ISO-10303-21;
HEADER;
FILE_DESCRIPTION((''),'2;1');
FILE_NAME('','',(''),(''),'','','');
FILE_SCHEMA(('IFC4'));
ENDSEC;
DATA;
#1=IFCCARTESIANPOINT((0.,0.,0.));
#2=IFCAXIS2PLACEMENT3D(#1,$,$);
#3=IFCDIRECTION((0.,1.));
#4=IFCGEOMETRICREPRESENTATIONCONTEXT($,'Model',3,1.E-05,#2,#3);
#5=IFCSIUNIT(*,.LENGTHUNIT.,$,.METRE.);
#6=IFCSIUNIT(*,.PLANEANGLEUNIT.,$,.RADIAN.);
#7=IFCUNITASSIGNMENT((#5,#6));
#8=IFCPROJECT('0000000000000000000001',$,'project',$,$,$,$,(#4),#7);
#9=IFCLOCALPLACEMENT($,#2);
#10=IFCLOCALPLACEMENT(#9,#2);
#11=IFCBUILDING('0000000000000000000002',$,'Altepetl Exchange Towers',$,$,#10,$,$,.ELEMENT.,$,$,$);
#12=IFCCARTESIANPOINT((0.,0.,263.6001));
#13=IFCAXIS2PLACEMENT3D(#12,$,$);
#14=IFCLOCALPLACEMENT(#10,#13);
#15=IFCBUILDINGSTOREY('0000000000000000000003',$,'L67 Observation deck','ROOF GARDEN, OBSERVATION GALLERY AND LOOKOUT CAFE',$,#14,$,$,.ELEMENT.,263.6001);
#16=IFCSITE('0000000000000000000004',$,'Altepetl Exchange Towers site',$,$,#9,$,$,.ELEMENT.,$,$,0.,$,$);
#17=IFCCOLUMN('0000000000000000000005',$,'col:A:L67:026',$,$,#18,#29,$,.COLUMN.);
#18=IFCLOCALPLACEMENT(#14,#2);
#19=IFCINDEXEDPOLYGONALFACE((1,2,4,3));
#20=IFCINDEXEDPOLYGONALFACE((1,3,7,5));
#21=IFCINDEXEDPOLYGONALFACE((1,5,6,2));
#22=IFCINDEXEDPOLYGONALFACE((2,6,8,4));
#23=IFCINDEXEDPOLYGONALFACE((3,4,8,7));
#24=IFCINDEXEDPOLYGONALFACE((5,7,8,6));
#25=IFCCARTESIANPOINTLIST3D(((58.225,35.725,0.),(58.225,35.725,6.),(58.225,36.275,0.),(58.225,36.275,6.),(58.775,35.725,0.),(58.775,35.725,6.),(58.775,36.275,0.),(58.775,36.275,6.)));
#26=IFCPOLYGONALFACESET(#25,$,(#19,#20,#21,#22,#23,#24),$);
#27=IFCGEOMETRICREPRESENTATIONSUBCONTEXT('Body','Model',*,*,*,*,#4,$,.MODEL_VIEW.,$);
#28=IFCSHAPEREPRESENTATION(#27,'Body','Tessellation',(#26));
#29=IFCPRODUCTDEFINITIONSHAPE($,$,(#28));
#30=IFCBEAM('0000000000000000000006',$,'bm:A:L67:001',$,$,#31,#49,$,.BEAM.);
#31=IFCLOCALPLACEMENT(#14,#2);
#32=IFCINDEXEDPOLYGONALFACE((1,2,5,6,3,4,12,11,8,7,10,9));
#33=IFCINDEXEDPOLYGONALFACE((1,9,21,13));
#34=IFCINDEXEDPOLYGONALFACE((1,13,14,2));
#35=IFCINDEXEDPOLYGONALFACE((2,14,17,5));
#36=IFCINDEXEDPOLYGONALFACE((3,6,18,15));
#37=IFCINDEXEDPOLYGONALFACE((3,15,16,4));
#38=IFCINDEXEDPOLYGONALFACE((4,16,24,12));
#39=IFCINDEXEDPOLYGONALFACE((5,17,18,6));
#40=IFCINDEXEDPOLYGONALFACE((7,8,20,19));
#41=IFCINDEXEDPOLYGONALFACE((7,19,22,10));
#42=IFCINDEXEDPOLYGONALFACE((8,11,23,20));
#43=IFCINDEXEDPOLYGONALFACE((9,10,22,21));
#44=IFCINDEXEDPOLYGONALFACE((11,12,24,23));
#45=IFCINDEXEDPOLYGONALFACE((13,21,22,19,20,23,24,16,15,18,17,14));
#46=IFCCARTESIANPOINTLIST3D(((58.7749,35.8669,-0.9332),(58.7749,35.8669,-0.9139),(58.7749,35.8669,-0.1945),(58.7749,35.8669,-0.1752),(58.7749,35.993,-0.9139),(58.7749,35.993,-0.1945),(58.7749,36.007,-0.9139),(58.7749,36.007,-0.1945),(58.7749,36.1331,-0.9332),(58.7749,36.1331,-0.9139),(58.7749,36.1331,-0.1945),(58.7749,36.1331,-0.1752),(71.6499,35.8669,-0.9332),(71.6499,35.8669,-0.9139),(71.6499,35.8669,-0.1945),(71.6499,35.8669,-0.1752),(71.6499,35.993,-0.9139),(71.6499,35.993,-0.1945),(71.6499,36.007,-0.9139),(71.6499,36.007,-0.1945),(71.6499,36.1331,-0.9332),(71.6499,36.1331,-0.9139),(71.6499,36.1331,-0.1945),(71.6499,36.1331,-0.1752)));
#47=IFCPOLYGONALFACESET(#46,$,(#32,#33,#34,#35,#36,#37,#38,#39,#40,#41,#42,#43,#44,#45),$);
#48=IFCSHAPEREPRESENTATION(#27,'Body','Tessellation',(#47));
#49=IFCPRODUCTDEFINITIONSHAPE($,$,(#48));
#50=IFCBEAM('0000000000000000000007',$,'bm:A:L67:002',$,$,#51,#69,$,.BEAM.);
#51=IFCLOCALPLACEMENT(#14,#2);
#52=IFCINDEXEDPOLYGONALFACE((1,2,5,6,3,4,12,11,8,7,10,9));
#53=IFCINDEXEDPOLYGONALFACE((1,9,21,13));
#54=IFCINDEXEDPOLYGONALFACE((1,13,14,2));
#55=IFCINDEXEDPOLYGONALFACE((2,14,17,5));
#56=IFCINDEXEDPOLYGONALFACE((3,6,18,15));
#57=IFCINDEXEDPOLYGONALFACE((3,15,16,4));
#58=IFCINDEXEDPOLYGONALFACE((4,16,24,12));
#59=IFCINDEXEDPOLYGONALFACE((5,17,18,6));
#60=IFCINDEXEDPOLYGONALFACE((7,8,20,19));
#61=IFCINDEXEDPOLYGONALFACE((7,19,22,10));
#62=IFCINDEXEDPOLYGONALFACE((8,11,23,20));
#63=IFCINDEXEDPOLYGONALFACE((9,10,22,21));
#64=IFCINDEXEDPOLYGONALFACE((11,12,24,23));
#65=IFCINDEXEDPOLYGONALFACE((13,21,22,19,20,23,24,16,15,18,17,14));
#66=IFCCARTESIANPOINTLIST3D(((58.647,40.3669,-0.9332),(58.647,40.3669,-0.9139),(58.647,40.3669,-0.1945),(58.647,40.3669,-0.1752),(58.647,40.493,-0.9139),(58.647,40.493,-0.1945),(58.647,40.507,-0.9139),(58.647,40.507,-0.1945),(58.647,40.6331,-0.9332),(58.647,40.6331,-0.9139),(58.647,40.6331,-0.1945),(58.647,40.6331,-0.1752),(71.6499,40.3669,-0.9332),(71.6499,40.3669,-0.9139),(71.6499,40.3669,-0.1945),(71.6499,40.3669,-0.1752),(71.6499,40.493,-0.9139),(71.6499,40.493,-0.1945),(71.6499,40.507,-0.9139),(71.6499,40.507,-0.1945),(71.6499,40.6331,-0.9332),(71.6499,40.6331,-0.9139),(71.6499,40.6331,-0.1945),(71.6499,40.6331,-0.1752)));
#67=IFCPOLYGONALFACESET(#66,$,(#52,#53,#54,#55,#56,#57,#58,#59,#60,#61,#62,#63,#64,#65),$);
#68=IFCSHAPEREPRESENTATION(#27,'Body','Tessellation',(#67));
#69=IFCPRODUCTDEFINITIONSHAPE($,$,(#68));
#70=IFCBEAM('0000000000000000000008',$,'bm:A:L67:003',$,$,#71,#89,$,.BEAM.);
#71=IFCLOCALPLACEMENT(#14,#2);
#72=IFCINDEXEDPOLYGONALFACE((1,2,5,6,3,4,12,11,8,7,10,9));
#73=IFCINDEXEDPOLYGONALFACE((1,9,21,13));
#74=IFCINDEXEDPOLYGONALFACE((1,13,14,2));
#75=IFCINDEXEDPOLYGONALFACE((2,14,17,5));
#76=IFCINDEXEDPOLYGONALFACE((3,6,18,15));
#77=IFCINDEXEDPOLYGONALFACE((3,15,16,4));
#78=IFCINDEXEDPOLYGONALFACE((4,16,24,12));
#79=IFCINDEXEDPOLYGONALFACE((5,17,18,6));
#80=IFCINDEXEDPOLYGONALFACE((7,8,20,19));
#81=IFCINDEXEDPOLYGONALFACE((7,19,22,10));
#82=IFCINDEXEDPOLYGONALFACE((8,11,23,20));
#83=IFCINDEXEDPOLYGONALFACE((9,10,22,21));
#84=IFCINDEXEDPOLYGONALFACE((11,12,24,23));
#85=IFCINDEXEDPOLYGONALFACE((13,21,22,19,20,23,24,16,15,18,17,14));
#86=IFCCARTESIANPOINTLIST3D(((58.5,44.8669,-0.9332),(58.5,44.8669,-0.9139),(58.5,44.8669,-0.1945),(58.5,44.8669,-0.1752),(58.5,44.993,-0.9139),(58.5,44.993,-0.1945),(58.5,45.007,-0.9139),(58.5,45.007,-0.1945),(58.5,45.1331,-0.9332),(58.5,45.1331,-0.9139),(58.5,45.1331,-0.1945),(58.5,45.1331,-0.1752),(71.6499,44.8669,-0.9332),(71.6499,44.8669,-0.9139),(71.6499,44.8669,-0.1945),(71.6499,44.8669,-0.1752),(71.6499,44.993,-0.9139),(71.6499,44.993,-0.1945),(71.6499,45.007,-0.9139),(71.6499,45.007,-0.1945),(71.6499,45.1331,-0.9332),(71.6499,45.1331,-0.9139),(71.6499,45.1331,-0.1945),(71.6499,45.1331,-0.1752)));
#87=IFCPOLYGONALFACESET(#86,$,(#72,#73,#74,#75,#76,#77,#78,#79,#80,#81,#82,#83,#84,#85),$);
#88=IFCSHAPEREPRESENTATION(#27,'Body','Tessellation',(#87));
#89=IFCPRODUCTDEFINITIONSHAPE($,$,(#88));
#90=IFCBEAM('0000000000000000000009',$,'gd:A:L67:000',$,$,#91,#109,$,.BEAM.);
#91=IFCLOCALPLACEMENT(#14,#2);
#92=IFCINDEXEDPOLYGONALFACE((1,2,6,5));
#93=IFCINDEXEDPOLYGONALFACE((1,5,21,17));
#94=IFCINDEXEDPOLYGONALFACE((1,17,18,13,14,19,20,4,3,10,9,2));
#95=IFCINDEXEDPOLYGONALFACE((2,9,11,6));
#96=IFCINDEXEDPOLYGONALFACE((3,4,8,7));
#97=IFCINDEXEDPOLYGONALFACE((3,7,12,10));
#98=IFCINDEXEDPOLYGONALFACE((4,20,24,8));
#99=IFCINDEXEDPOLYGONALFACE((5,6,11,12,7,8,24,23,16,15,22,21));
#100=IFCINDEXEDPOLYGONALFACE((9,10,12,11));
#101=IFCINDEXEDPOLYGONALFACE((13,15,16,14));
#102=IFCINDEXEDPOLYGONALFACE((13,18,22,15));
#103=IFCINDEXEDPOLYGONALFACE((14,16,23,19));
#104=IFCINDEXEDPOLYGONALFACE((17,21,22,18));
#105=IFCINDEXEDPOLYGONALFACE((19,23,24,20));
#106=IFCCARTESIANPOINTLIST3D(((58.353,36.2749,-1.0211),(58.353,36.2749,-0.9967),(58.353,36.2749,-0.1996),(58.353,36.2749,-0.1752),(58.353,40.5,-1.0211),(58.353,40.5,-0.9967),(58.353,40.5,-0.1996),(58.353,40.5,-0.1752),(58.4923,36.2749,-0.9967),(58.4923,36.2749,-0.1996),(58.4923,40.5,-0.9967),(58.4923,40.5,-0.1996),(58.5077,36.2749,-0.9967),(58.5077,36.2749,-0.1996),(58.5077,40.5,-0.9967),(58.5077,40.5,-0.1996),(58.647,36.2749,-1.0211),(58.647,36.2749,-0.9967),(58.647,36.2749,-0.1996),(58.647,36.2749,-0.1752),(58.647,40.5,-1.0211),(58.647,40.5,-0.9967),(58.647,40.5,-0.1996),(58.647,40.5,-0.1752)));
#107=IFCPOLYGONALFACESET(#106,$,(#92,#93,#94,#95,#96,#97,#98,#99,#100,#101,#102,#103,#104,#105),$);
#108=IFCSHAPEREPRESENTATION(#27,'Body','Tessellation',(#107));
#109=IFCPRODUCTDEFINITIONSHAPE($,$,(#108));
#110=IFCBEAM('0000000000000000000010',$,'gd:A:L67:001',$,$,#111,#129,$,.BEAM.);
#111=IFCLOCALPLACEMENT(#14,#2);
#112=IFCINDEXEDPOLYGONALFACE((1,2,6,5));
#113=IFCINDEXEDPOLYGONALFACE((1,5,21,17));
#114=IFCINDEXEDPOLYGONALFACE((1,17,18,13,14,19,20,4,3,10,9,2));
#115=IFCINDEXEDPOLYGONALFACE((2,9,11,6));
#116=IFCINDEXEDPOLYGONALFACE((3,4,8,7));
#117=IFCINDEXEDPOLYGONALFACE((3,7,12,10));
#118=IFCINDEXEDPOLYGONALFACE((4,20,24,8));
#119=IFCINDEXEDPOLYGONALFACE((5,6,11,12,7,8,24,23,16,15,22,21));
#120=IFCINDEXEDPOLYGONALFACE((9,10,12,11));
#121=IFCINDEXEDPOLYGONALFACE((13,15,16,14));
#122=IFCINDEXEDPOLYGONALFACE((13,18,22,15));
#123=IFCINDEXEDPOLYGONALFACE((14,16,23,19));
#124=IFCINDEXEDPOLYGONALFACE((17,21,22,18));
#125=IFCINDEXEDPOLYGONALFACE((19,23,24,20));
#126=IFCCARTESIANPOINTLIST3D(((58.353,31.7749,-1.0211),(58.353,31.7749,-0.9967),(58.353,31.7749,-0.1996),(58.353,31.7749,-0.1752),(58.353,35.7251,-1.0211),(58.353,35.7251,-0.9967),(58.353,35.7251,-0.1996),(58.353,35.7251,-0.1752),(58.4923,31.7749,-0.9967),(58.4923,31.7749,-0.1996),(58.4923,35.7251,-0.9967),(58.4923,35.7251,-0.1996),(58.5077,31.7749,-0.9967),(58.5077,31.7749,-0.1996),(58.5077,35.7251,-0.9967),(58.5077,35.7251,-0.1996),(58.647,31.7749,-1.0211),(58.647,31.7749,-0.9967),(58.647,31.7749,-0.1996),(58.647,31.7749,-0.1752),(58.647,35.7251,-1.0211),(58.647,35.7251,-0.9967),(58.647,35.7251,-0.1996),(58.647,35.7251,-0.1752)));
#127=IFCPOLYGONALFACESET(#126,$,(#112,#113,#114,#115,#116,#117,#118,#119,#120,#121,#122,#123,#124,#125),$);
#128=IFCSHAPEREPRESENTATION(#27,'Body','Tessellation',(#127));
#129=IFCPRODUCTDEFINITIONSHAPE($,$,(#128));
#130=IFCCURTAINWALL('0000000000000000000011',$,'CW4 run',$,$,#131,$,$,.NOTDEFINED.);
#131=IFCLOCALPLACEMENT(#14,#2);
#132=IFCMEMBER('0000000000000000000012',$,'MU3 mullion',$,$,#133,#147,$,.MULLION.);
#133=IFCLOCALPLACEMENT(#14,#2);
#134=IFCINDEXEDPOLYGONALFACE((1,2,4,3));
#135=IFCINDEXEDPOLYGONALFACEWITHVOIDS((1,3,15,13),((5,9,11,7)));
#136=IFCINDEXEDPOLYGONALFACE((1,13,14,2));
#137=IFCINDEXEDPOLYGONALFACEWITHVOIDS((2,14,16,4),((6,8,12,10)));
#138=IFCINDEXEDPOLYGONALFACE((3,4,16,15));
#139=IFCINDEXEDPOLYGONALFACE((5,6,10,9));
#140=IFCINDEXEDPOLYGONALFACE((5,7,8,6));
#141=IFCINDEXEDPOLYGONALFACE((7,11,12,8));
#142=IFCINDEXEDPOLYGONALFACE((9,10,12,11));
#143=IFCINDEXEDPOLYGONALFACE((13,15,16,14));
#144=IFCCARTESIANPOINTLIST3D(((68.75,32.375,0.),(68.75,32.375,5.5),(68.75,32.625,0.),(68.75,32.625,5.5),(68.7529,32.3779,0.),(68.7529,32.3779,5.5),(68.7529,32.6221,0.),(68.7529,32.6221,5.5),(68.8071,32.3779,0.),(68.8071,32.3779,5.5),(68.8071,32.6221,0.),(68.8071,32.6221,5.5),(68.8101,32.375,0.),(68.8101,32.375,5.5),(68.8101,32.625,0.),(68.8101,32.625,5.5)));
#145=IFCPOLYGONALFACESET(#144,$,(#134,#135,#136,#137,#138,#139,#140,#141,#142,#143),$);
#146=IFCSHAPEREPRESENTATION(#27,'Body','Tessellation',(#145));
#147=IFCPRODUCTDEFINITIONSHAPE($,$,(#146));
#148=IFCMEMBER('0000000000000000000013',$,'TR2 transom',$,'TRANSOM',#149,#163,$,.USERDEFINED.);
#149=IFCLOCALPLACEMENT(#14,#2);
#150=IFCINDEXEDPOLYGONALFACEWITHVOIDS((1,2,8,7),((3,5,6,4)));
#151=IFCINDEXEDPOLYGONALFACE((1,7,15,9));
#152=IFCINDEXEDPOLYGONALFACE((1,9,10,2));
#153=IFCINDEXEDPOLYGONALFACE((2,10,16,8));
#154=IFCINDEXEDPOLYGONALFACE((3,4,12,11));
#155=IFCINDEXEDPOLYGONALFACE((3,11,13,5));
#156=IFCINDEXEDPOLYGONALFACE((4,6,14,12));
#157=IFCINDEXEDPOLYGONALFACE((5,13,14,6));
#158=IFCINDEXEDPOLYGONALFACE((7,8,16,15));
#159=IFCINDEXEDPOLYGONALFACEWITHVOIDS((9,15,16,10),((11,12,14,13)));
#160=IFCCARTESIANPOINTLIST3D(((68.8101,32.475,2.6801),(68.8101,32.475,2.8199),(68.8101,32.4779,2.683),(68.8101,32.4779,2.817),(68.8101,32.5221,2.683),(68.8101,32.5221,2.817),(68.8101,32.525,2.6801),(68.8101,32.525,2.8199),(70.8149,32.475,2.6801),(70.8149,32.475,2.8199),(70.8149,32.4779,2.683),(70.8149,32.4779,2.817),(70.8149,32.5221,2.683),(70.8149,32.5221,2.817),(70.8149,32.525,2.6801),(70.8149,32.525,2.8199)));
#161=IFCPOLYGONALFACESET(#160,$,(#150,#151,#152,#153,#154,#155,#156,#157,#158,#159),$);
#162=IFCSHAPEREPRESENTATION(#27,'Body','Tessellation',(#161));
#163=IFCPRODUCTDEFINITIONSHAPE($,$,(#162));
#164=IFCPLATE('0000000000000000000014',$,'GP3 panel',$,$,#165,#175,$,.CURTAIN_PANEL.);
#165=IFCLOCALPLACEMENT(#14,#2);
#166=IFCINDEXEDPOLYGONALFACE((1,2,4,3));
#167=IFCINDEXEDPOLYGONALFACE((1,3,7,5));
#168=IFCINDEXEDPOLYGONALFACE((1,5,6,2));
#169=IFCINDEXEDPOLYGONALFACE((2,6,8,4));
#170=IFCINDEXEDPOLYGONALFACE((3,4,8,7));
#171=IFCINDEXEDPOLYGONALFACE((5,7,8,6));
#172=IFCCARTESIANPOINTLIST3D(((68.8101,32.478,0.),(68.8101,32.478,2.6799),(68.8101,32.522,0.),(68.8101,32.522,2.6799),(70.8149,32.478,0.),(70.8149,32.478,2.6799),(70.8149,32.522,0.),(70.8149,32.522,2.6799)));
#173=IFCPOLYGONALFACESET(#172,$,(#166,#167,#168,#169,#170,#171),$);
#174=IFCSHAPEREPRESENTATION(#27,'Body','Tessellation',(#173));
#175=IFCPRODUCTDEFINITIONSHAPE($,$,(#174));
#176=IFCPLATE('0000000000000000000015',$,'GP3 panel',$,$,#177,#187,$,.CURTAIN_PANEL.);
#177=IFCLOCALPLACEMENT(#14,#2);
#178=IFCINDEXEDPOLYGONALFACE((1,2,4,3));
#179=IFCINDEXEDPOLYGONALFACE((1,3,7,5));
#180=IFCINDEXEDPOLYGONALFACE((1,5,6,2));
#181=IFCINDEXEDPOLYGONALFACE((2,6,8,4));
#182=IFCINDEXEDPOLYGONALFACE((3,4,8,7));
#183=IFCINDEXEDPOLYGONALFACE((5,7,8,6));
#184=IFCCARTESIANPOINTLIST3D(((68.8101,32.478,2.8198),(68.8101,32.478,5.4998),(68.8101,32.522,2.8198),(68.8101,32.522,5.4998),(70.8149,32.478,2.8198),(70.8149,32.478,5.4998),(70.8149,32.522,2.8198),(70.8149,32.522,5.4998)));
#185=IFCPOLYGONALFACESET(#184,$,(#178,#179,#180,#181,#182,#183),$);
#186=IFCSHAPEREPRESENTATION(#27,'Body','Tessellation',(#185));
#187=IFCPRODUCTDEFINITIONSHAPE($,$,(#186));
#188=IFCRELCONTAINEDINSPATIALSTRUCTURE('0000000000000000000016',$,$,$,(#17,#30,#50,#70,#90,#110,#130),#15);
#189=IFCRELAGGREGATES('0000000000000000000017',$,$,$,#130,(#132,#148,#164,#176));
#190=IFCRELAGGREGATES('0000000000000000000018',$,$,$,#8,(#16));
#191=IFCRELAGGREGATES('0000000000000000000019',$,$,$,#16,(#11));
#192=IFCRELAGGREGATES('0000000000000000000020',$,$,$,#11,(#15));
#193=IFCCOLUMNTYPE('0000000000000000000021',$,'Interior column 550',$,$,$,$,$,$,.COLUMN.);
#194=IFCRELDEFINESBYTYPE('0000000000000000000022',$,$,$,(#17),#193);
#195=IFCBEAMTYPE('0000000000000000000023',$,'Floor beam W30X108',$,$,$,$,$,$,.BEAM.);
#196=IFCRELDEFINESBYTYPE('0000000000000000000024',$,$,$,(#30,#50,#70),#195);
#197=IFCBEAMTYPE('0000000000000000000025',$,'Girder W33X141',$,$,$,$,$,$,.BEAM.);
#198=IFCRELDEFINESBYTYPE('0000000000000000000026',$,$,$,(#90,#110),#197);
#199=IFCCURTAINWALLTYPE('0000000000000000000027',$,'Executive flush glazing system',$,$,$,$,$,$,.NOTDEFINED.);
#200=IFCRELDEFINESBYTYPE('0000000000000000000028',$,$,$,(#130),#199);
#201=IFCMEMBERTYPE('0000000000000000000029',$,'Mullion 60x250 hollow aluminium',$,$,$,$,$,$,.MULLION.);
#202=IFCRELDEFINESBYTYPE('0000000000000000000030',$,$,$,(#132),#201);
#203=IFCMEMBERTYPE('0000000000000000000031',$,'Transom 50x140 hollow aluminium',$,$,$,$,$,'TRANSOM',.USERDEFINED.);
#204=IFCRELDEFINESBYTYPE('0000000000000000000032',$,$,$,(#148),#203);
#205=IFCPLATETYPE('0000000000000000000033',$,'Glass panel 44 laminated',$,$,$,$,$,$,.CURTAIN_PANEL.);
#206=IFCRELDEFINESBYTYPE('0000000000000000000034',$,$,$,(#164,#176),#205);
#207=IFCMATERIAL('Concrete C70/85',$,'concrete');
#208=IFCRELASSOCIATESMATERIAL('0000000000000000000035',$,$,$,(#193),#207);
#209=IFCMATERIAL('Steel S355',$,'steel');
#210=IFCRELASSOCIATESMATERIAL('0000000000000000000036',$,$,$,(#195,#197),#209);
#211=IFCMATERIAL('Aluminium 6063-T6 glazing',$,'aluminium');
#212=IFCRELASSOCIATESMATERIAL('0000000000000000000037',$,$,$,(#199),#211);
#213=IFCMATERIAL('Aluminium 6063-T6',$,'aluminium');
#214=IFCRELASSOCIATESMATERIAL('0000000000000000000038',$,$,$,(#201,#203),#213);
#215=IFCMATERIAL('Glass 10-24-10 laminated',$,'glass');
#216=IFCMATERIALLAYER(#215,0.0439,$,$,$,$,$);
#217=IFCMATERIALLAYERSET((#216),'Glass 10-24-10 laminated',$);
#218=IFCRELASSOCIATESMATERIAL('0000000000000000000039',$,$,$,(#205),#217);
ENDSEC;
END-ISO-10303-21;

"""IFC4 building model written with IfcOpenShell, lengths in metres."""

from ifc_helpers import new_model, si_unit, direction, frame, origin, origin_2d, place, context, subcontext, project, spatial, rectangle, hollow_rectangle, i_section, extrude, material, layer, layer_set, material_profile, profile_set, type_object, element, aggregate, save


model = new_model("IFC4")

# Units and contexts
model_context = context("Model", 3, precision=1e-05, world=origin(), true_north=direction((0.0, 1.0)))
body_context = subcontext(model_context, "Body", "Model", "MODEL_VIEW")
ifc_project = project(units=[si_unit("LENGTHUNIT", "METRE"), si_unit("PLANEANGLEUNIT", "RADIAN")], contexts=[model_context])

# Site, building, storey
site_placement = place(None, origin())
site = spatial("IfcSite", under=ifc_project, at=site_placement, Name="Altepetl Exchange Towers site", CompositionType="ELEMENT", RefElevation=0.0)
building_placement = place(site_placement, origin())
building = spatial("IfcBuilding", under=site, at=building_placement, Name="Altepetl Exchange Towers", CompositionType="ELEMENT")
storey_placement = place(building_placement, frame((0.0, 0.0, 263.6001)))
storey = spatial("IfcBuildingStorey", under=building, at=storey_placement, Name="L67 Observation deck", Description="ROOF GARDEN, OBSERVATION GALLERY AND LOOKOUT CAFE", CompositionType="ELEMENT", Elevation=263.6001)

# Column
ifc_material_1 = material(Name="Concrete C70/85", Category="concrete")
ifc_material_profile_1 = material_profile(ifc_material_1, rectangle(XDim=0.55, YDim=0.55, at=origin_2d()), Name="550 x 550")
ifc_profile_set_1 = profile_set([ifc_material_profile_1], Name="Concrete C70/85")
column_type = type_object("IfcColumnType", Name="Interior column 550", PredefinedType="COLUMN", material=ifc_profile_set_1)
column_placement = place(storey_placement, frame((58.5, 36.0, 0.0)))
element("IfcColumn", 1, at=column_placement, inside=storey, type_object=column_type, Name="col:A:L67:026", PredefinedType="COLUMN", context=body_context, shape_type="SweptSolid", body=[
    extrude(rectangle(XDim=0.55, YDim=0.55, at=origin_2d()), origin(), (0.0, 0.0, 1.0), 6.0),
])

# Beams
ifc_material_2 = material(Name="Steel S355", Category="steel")
ifc_material_profile_2 = material_profile(ifc_material_2, i_section(OverallWidth=0.2661, OverallDepth=0.7581, WebThickness=0.0139, FlangeThickness=0.0193, at=origin_2d()), Name="W30X108")
ifc_profile_set_2 = profile_set([ifc_material_profile_2], Name="Steel S355")
beam_type_1 = type_object("IfcBeamType", Name="Floor beam W30X108", PredefinedType="BEAM", material=ifc_profile_set_2)
beam_1_placement = place(storey_placement, frame((58.7749, 36.0, -0.5542), z_axis=(1.0, 0.0, 0.0), x_axis=(0.0, 1.0, 0.0)))
element("IfcBeam", 2, at=beam_1_placement, inside=storey, type_object=beam_type_1, Name="bm:A:L67:001", PredefinedType="BEAM", context=body_context, shape_type="SweptSolid", body=[
    extrude(i_section(OverallWidth=0.2661, OverallDepth=0.7581, WebThickness=0.0139, FlangeThickness=0.0193, at=origin_2d()), origin(), (0.0, 0.0, 1.0), 12.875),
])
beam_2_placement = place(storey_placement, frame((58.647, 40.5, -0.5542), z_axis=(1.0, 0.0, 0.0), x_axis=(0.0, 1.0, 0.0)))
element("IfcBeam", 3, at=beam_2_placement, inside=storey, type_object=beam_type_1, Name="bm:A:L67:002", PredefinedType="BEAM", context=body_context, shape_type="SweptSolid", body=[
    extrude(i_section(OverallWidth=0.2661, OverallDepth=0.7581, WebThickness=0.0139, FlangeThickness=0.0193, at=origin_2d()), origin(), (0.0, 0.0, 1.0), 13.0029),
])
beam_3_placement = place(storey_placement, frame((58.5, 45.0, -0.5542), z_axis=(1.0, 0.0, 0.0), x_axis=(0.0, 1.0, 0.0)))
element("IfcBeam", 4, at=beam_3_placement, inside=storey, type_object=beam_type_1, Name="bm:A:L67:003", PredefinedType="BEAM", context=body_context, shape_type="SweptSolid", body=[
    extrude(i_section(OverallWidth=0.2661, OverallDepth=0.7581, WebThickness=0.0139, FlangeThickness=0.0193, at=origin_2d()), origin(), (0.0, 0.0, 1.0), 13.1499),
])
ifc_material_profile_3 = material_profile(ifc_material_2, i_section(OverallWidth=0.2939, OverallDepth=0.8459, WebThickness=0.0154, FlangeThickness=0.0244, at=origin_2d()), Name="W33X141")
ifc_profile_set_3 = profile_set([ifc_material_profile_3], Name="Steel S355")
beam_type_2 = type_object("IfcBeamType", Name="Girder W33X141", PredefinedType="BEAM", material=ifc_profile_set_3)
beam_4_placement = place(storey_placement, frame((58.5, 40.5, -0.5981), z_axis=(0.0, -1.0, 0.0), x_axis=(1.0, 0.0, 0.0)))
element("IfcBeam", 5, at=beam_4_placement, inside=storey, type_object=beam_type_2, Name="gd:A:L67:000", PredefinedType="BEAM", context=body_context, shape_type="SweptSolid", body=[
    extrude(i_section(OverallWidth=0.2939, OverallDepth=0.8459, WebThickness=0.0154, FlangeThickness=0.0244, at=origin_2d()), origin(), (0.0, 0.0, 1.0), 4.2251),
])
beam_5_placement = place(storey_placement, frame((58.5, 35.7251, -0.5981), z_axis=(0.0, -1.0, 0.0), x_axis=(1.0, 0.0, 0.0)))
element("IfcBeam", 6, at=beam_5_placement, inside=storey, type_object=beam_type_2, Name="gd:A:L67:001", PredefinedType="BEAM", context=body_context, shape_type="SweptSolid", body=[
    extrude(i_section(OverallWidth=0.2939, OverallDepth=0.8459, WebThickness=0.0154, FlangeThickness=0.0244, at=origin_2d()), origin(), (0.0, 0.0, 1.0), 3.9502),
])

# Curtain wall, members, plates
ifc_material_3 = material(Name="Aluminium 6063-T6 glazing", Category="aluminium")
curtain_wall_type = type_object("IfcCurtainWallType", Name="Executive flush glazing system", PredefinedType="NOTDEFINED", material=ifc_material_3)
curtain_wall_placement = place(storey_placement, origin())
curtain_wall = element("IfcCurtainWall", 7, at=curtain_wall_placement, inside=storey, type_object=curtain_wall_type, Name="CW4 run", PredefinedType="NOTDEFINED")
ifc_material_4 = material(Name="Aluminium 6063-T6", Category="aluminium")
ifc_material_profile_4 = material_profile(ifc_material_4, hollow_rectangle(XDim=0.0601, YDim=0.25, WallThickness=0.0029, at=origin_2d()), Name="Mullion 60x250 hollow aluminium")
ifc_profile_set_4 = profile_set([ifc_material_profile_4], Name="Aluminium 6063-T6")
member_type_1 = type_object("IfcMemberType", Name="Mullion 60x250 hollow aluminium", PredefinedType="MULLION", material=ifc_profile_set_4)
member_1_placement = place(storey_placement, frame((68.78, 32.5, 0.0)))
member_1 = element("IfcMember", 8, at=member_1_placement, type_object=member_type_1, Name="MU3 mullion", PredefinedType="MULLION", context=body_context, shape_type="SweptSolid", body=[
    extrude(hollow_rectangle(XDim=0.0601, YDim=0.25, WallThickness=0.0029, at=origin_2d()), origin(), (0.0, 0.0, 1.0), 5.5),
])
ifc_material_profile_5 = material_profile(ifc_material_4, hollow_rectangle(XDim=0.05, YDim=0.1399, WallThickness=0.0029, at=origin_2d()), Name="Transom 50x140 hollow aluminium")
ifc_profile_set_5 = profile_set([ifc_material_profile_5], Name="Aluminium 6063-T6")
member_type_2 = type_object("IfcMemberType", Name="Transom 50x140 hollow aluminium", ElementType="TRANSOM", PredefinedType="USERDEFINED", material=ifc_profile_set_5)
member_2_placement = place(storey_placement, frame((68.8101, 32.5, 2.75), z_axis=(1.0, 0.0, 0.0), x_axis=(0.0, 1.0, 0.0)))
member_2 = element("IfcMember", 9, at=member_2_placement, type_object=member_type_2, Name="TR2 transom", ObjectType="TRANSOM", PredefinedType="USERDEFINED", context=body_context, shape_type="SweptSolid", body=[
    extrude(hollow_rectangle(XDim=0.05, YDim=0.1399, WallThickness=0.0029, at=origin_2d()), origin(), (0.0, 0.0, 1.0), 2.0049),
])
ifc_material_5 = material(Name="Glass 10-24-10 laminated", Category="glass")
ifc_layer_1 = layer(ifc_material_5, 0.0439)
ifc_layer_set_1 = layer_set([ifc_layer_1], Name="Glass 10-24-10 laminated")
plate_type = type_object("IfcPlateType", Name="Glass panel 44 laminated", PredefinedType="CURTAIN_PANEL", material=ifc_layer_set_1)
plate_1_placement = place(storey_placement, frame((69.8125, 32.5, 0.0)))
plate_1 = element("IfcPlate", 10, at=plate_1_placement, type_object=plate_type, Name="GP3 panel", PredefinedType="CURTAIN_PANEL", context=body_context, shape_type="SweptSolid", body=[
    extrude(rectangle(XDim=2.0049, YDim=0.0439, at=origin_2d()), origin(), (0.0, 0.0, 1.0), 2.6799),
])
plate_2_placement = place(storey_placement, frame((69.8125, 32.5, 2.8198)))
plate_2 = element("IfcPlate", 11, at=plate_2_placement, type_object=plate_type, Name="GP3 panel", PredefinedType="CURTAIN_PANEL", context=body_context, shape_type="SweptSolid", body=[
    extrude(rectangle(XDim=2.0049, YDim=0.0439, at=origin_2d()), origin(), (0.0, 0.0, 1.0), 2.6799),
])
aggregate(curtain_wall, [member_1, member_2, plate_1, plate_2])

save(model, "model.ifc")
